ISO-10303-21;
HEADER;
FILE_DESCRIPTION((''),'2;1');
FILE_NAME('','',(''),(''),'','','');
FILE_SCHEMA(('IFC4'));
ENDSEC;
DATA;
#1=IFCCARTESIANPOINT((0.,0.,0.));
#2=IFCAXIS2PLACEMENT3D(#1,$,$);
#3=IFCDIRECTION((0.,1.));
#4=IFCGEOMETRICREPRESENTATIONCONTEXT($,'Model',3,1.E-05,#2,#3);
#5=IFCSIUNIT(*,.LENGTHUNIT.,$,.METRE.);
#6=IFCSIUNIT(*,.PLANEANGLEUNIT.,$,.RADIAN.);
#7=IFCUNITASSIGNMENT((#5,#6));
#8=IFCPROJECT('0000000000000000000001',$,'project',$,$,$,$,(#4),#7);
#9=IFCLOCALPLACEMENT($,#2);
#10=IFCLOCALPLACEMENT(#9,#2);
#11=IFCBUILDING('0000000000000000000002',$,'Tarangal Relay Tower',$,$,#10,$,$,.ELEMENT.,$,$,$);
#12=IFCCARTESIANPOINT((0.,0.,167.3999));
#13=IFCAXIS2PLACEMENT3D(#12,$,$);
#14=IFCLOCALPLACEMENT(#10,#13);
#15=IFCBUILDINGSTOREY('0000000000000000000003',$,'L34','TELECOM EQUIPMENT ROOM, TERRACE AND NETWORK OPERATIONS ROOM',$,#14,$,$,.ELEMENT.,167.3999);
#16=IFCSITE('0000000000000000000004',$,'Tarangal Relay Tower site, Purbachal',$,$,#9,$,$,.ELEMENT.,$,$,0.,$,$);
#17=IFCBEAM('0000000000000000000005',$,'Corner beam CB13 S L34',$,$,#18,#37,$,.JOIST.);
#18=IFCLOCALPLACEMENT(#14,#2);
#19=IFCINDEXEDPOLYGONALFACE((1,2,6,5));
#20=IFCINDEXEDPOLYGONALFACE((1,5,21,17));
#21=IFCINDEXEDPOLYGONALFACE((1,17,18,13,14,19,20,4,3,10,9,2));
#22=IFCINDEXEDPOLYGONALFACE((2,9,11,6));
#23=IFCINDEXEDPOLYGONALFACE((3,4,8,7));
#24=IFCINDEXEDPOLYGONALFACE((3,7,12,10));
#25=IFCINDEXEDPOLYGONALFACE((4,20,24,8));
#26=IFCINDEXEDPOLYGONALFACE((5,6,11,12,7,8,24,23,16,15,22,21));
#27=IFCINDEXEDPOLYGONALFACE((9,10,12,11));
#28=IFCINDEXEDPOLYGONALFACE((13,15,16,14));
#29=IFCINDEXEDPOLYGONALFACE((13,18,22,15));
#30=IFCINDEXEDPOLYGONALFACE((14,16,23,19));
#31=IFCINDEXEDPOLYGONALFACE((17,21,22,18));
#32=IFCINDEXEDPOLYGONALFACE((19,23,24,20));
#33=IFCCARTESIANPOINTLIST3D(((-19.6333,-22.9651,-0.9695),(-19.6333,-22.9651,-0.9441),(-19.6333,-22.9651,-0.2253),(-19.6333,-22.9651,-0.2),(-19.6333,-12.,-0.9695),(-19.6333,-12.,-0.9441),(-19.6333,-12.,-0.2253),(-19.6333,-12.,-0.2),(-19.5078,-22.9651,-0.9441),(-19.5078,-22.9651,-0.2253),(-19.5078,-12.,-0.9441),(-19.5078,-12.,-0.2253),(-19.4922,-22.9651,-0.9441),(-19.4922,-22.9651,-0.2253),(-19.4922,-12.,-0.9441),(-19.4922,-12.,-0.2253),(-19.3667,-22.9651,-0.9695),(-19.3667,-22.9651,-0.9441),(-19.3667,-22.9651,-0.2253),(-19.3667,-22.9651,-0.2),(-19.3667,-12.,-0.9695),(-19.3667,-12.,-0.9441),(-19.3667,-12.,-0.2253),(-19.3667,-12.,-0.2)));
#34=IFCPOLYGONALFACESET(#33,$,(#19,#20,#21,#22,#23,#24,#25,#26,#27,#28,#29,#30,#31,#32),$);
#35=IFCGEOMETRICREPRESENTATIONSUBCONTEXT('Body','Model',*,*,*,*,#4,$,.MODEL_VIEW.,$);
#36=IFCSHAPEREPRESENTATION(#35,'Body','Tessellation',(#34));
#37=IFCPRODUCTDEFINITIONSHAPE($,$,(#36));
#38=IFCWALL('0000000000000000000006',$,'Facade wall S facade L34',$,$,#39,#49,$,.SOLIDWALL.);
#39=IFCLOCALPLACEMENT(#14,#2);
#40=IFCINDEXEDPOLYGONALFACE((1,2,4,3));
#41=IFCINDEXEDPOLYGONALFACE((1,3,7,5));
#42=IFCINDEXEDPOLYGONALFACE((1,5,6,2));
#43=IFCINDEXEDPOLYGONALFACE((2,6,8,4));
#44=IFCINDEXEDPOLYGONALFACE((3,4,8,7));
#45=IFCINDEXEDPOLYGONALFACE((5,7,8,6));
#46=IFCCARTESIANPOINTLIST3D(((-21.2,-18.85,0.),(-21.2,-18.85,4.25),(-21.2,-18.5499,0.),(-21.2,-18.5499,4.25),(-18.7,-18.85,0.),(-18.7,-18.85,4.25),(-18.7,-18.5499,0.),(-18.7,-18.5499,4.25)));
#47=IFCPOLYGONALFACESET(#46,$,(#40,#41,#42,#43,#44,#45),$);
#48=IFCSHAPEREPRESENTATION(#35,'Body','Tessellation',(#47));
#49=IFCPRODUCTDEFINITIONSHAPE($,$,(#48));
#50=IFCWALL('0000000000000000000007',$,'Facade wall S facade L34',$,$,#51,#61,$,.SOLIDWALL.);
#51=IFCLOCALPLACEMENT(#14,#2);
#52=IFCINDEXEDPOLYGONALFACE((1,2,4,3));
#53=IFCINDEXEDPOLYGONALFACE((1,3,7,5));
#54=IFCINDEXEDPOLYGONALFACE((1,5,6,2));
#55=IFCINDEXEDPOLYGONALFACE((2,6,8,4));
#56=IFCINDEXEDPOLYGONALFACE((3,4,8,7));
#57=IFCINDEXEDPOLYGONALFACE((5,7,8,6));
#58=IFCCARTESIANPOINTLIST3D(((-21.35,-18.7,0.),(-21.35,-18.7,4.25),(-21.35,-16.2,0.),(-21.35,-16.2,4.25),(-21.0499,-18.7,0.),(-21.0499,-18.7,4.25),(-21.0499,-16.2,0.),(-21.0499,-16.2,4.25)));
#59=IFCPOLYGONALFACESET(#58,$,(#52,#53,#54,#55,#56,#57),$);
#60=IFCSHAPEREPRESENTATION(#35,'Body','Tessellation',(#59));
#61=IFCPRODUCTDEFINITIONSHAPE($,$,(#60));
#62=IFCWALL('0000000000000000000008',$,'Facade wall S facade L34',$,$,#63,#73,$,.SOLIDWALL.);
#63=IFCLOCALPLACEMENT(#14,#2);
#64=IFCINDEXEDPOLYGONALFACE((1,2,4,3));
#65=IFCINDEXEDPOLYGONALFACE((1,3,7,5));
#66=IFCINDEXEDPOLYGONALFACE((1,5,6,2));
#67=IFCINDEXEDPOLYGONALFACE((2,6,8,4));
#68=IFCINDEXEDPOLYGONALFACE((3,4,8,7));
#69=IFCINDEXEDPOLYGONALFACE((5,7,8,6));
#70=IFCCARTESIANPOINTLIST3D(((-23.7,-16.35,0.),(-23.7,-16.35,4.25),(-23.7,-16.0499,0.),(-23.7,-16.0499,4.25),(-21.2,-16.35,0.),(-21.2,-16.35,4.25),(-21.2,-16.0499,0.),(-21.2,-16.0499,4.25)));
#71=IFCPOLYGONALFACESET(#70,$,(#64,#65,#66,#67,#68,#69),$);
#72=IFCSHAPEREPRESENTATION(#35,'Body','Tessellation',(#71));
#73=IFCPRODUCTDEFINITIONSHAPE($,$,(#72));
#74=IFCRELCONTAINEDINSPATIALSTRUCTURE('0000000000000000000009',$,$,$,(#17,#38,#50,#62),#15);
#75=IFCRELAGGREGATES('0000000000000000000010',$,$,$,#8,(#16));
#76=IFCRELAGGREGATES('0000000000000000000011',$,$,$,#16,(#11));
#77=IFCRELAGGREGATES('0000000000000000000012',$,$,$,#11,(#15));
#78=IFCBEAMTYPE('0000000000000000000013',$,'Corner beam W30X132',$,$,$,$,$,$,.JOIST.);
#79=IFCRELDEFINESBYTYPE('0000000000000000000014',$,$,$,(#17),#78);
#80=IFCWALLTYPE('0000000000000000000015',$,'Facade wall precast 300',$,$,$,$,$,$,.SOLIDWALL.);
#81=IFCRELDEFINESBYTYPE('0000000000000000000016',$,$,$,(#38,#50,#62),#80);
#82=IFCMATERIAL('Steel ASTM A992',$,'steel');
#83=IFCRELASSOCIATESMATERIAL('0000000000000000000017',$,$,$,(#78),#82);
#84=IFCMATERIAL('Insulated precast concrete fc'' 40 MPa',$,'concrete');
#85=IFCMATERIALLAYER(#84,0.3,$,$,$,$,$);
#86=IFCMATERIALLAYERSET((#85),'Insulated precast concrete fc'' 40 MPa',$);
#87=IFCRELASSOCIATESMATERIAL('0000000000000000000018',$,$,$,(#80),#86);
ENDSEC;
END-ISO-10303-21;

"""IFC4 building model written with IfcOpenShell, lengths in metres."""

from ifc_helpers import new_model, si_unit, direction, frame, frame_2d, origin, origin_2d, place, context, subcontext, project, spatial, rectangle, i_section, extrude, material, layer, layer_set, material_profile, profile_set, type_object, element, save


model = new_model("IFC4")

# Units and contexts
model_context = context("Model", 3, precision=1e-05, world=origin(), true_north=direction((0.0, 1.0)))
body_context = subcontext(model_context, "Body", "Model", "MODEL_VIEW")
ifc_project = project(units=[si_unit("LENGTHUNIT", "METRE"), si_unit("PLANEANGLEUNIT", "RADIAN")], contexts=[model_context])

# Site, building, storey
site_placement = place(None, origin())
site = spatial("IfcSite", under=ifc_project, at=site_placement, Name="Tarangal Relay Tower site, Purbachal", CompositionType="ELEMENT", RefElevation=0.0)
building_placement = place(site_placement, origin())
building = spatial("IfcBuilding", under=site, at=building_placement, Name="Tarangal Relay Tower", CompositionType="ELEMENT")
storey_placement = place(building_placement, frame((0.0, 0.0, 167.3999)))
storey = spatial("IfcBuildingStorey", under=building, at=storey_placement, Name="L34", Description="TELECOM EQUIPMENT ROOM, TERRACE AND NETWORK OPERATIONS ROOM", CompositionType="ELEMENT", Elevation=167.3999)

# Beam
ifc_material_1 = material(Name="Steel ASTM A992", Category="steel")
ifc_material_profile = material_profile(ifc_material_1, i_section(OverallWidth=0.2666, OverallDepth=0.7695, WebThickness=0.0156, FlangeThickness=0.0254, at=origin_2d()), Name="W30X132")
ifc_profile_set = profile_set([ifc_material_profile], Name="Steel ASTM A992")
beam_type = type_object("IfcBeamType", Name="Corner beam W30X132", PredefinedType="JOIST", material=ifc_profile_set)
beam_placement = place(storey_placement, frame((-19.5, -12.0, -0.5847), z_axis=(0.0, -1.0, 0.0), x_axis=(1.0, 0.0, 0.0)))
element("IfcBeam", 1, at=beam_placement, inside=storey, type_object=beam_type, Name="Corner beam CB13 S L34", PredefinedType="JOIST", context=body_context, shape_type="SweptSolid", body=[
    extrude(i_section(OverallWidth=0.2666, OverallDepth=0.7695, WebThickness=0.0156, FlangeThickness=0.0254, at=origin_2d()), origin(), (0.0, 0.0, 1.0), 10.9651),
])

# Walls
ifc_material_2 = material(Name="Insulated precast concrete fc' 40 MPa", Category="concrete")
ifc_layer_1 = layer(ifc_material_2, 0.3)
ifc_layer_set_1 = layer_set([ifc_layer_1], Name="Insulated precast concrete fc' 40 MPa")
wall_type_1 = type_object("IfcWallType", Name="Facade wall precast 300", PredefinedType="SOLIDWALL", material=ifc_layer_set_1)
for number, where, z_axis, x_axis, name in (
    (2, (-18.7, -18.7, 0.0), (0.0, 0.0, 1.0), (-1.0, 0.0, 0.0), "Facade wall S facade L34"),
    (3, (-21.2, -18.7, 0.0), (0.0, 0.0, 1.0), (0.0, 1.0, 0.0), "Facade wall S facade L34"),
    (4, (-21.2, -16.2, 0.0), (0.0, 0.0, 1.0), (-1.0, 0.0, 0.0), "Facade wall S facade L34"),
):
    element("IfcWall", number, at=place(storey_placement, frame(where, z_axis=z_axis, x_axis=x_axis)), inside=storey, type_object=wall_type_1, Name=name, PredefinedType="SOLIDWALL", context=body_context, shape_type="SweptSolid", body=[
        extrude(rectangle(XDim=2.5, YDim=0.3, at=frame_2d((1.25, 0.0))), origin(), (0.0, 0.0, 1.0), 4.25),
    ])

save(model, "model.ifc")
